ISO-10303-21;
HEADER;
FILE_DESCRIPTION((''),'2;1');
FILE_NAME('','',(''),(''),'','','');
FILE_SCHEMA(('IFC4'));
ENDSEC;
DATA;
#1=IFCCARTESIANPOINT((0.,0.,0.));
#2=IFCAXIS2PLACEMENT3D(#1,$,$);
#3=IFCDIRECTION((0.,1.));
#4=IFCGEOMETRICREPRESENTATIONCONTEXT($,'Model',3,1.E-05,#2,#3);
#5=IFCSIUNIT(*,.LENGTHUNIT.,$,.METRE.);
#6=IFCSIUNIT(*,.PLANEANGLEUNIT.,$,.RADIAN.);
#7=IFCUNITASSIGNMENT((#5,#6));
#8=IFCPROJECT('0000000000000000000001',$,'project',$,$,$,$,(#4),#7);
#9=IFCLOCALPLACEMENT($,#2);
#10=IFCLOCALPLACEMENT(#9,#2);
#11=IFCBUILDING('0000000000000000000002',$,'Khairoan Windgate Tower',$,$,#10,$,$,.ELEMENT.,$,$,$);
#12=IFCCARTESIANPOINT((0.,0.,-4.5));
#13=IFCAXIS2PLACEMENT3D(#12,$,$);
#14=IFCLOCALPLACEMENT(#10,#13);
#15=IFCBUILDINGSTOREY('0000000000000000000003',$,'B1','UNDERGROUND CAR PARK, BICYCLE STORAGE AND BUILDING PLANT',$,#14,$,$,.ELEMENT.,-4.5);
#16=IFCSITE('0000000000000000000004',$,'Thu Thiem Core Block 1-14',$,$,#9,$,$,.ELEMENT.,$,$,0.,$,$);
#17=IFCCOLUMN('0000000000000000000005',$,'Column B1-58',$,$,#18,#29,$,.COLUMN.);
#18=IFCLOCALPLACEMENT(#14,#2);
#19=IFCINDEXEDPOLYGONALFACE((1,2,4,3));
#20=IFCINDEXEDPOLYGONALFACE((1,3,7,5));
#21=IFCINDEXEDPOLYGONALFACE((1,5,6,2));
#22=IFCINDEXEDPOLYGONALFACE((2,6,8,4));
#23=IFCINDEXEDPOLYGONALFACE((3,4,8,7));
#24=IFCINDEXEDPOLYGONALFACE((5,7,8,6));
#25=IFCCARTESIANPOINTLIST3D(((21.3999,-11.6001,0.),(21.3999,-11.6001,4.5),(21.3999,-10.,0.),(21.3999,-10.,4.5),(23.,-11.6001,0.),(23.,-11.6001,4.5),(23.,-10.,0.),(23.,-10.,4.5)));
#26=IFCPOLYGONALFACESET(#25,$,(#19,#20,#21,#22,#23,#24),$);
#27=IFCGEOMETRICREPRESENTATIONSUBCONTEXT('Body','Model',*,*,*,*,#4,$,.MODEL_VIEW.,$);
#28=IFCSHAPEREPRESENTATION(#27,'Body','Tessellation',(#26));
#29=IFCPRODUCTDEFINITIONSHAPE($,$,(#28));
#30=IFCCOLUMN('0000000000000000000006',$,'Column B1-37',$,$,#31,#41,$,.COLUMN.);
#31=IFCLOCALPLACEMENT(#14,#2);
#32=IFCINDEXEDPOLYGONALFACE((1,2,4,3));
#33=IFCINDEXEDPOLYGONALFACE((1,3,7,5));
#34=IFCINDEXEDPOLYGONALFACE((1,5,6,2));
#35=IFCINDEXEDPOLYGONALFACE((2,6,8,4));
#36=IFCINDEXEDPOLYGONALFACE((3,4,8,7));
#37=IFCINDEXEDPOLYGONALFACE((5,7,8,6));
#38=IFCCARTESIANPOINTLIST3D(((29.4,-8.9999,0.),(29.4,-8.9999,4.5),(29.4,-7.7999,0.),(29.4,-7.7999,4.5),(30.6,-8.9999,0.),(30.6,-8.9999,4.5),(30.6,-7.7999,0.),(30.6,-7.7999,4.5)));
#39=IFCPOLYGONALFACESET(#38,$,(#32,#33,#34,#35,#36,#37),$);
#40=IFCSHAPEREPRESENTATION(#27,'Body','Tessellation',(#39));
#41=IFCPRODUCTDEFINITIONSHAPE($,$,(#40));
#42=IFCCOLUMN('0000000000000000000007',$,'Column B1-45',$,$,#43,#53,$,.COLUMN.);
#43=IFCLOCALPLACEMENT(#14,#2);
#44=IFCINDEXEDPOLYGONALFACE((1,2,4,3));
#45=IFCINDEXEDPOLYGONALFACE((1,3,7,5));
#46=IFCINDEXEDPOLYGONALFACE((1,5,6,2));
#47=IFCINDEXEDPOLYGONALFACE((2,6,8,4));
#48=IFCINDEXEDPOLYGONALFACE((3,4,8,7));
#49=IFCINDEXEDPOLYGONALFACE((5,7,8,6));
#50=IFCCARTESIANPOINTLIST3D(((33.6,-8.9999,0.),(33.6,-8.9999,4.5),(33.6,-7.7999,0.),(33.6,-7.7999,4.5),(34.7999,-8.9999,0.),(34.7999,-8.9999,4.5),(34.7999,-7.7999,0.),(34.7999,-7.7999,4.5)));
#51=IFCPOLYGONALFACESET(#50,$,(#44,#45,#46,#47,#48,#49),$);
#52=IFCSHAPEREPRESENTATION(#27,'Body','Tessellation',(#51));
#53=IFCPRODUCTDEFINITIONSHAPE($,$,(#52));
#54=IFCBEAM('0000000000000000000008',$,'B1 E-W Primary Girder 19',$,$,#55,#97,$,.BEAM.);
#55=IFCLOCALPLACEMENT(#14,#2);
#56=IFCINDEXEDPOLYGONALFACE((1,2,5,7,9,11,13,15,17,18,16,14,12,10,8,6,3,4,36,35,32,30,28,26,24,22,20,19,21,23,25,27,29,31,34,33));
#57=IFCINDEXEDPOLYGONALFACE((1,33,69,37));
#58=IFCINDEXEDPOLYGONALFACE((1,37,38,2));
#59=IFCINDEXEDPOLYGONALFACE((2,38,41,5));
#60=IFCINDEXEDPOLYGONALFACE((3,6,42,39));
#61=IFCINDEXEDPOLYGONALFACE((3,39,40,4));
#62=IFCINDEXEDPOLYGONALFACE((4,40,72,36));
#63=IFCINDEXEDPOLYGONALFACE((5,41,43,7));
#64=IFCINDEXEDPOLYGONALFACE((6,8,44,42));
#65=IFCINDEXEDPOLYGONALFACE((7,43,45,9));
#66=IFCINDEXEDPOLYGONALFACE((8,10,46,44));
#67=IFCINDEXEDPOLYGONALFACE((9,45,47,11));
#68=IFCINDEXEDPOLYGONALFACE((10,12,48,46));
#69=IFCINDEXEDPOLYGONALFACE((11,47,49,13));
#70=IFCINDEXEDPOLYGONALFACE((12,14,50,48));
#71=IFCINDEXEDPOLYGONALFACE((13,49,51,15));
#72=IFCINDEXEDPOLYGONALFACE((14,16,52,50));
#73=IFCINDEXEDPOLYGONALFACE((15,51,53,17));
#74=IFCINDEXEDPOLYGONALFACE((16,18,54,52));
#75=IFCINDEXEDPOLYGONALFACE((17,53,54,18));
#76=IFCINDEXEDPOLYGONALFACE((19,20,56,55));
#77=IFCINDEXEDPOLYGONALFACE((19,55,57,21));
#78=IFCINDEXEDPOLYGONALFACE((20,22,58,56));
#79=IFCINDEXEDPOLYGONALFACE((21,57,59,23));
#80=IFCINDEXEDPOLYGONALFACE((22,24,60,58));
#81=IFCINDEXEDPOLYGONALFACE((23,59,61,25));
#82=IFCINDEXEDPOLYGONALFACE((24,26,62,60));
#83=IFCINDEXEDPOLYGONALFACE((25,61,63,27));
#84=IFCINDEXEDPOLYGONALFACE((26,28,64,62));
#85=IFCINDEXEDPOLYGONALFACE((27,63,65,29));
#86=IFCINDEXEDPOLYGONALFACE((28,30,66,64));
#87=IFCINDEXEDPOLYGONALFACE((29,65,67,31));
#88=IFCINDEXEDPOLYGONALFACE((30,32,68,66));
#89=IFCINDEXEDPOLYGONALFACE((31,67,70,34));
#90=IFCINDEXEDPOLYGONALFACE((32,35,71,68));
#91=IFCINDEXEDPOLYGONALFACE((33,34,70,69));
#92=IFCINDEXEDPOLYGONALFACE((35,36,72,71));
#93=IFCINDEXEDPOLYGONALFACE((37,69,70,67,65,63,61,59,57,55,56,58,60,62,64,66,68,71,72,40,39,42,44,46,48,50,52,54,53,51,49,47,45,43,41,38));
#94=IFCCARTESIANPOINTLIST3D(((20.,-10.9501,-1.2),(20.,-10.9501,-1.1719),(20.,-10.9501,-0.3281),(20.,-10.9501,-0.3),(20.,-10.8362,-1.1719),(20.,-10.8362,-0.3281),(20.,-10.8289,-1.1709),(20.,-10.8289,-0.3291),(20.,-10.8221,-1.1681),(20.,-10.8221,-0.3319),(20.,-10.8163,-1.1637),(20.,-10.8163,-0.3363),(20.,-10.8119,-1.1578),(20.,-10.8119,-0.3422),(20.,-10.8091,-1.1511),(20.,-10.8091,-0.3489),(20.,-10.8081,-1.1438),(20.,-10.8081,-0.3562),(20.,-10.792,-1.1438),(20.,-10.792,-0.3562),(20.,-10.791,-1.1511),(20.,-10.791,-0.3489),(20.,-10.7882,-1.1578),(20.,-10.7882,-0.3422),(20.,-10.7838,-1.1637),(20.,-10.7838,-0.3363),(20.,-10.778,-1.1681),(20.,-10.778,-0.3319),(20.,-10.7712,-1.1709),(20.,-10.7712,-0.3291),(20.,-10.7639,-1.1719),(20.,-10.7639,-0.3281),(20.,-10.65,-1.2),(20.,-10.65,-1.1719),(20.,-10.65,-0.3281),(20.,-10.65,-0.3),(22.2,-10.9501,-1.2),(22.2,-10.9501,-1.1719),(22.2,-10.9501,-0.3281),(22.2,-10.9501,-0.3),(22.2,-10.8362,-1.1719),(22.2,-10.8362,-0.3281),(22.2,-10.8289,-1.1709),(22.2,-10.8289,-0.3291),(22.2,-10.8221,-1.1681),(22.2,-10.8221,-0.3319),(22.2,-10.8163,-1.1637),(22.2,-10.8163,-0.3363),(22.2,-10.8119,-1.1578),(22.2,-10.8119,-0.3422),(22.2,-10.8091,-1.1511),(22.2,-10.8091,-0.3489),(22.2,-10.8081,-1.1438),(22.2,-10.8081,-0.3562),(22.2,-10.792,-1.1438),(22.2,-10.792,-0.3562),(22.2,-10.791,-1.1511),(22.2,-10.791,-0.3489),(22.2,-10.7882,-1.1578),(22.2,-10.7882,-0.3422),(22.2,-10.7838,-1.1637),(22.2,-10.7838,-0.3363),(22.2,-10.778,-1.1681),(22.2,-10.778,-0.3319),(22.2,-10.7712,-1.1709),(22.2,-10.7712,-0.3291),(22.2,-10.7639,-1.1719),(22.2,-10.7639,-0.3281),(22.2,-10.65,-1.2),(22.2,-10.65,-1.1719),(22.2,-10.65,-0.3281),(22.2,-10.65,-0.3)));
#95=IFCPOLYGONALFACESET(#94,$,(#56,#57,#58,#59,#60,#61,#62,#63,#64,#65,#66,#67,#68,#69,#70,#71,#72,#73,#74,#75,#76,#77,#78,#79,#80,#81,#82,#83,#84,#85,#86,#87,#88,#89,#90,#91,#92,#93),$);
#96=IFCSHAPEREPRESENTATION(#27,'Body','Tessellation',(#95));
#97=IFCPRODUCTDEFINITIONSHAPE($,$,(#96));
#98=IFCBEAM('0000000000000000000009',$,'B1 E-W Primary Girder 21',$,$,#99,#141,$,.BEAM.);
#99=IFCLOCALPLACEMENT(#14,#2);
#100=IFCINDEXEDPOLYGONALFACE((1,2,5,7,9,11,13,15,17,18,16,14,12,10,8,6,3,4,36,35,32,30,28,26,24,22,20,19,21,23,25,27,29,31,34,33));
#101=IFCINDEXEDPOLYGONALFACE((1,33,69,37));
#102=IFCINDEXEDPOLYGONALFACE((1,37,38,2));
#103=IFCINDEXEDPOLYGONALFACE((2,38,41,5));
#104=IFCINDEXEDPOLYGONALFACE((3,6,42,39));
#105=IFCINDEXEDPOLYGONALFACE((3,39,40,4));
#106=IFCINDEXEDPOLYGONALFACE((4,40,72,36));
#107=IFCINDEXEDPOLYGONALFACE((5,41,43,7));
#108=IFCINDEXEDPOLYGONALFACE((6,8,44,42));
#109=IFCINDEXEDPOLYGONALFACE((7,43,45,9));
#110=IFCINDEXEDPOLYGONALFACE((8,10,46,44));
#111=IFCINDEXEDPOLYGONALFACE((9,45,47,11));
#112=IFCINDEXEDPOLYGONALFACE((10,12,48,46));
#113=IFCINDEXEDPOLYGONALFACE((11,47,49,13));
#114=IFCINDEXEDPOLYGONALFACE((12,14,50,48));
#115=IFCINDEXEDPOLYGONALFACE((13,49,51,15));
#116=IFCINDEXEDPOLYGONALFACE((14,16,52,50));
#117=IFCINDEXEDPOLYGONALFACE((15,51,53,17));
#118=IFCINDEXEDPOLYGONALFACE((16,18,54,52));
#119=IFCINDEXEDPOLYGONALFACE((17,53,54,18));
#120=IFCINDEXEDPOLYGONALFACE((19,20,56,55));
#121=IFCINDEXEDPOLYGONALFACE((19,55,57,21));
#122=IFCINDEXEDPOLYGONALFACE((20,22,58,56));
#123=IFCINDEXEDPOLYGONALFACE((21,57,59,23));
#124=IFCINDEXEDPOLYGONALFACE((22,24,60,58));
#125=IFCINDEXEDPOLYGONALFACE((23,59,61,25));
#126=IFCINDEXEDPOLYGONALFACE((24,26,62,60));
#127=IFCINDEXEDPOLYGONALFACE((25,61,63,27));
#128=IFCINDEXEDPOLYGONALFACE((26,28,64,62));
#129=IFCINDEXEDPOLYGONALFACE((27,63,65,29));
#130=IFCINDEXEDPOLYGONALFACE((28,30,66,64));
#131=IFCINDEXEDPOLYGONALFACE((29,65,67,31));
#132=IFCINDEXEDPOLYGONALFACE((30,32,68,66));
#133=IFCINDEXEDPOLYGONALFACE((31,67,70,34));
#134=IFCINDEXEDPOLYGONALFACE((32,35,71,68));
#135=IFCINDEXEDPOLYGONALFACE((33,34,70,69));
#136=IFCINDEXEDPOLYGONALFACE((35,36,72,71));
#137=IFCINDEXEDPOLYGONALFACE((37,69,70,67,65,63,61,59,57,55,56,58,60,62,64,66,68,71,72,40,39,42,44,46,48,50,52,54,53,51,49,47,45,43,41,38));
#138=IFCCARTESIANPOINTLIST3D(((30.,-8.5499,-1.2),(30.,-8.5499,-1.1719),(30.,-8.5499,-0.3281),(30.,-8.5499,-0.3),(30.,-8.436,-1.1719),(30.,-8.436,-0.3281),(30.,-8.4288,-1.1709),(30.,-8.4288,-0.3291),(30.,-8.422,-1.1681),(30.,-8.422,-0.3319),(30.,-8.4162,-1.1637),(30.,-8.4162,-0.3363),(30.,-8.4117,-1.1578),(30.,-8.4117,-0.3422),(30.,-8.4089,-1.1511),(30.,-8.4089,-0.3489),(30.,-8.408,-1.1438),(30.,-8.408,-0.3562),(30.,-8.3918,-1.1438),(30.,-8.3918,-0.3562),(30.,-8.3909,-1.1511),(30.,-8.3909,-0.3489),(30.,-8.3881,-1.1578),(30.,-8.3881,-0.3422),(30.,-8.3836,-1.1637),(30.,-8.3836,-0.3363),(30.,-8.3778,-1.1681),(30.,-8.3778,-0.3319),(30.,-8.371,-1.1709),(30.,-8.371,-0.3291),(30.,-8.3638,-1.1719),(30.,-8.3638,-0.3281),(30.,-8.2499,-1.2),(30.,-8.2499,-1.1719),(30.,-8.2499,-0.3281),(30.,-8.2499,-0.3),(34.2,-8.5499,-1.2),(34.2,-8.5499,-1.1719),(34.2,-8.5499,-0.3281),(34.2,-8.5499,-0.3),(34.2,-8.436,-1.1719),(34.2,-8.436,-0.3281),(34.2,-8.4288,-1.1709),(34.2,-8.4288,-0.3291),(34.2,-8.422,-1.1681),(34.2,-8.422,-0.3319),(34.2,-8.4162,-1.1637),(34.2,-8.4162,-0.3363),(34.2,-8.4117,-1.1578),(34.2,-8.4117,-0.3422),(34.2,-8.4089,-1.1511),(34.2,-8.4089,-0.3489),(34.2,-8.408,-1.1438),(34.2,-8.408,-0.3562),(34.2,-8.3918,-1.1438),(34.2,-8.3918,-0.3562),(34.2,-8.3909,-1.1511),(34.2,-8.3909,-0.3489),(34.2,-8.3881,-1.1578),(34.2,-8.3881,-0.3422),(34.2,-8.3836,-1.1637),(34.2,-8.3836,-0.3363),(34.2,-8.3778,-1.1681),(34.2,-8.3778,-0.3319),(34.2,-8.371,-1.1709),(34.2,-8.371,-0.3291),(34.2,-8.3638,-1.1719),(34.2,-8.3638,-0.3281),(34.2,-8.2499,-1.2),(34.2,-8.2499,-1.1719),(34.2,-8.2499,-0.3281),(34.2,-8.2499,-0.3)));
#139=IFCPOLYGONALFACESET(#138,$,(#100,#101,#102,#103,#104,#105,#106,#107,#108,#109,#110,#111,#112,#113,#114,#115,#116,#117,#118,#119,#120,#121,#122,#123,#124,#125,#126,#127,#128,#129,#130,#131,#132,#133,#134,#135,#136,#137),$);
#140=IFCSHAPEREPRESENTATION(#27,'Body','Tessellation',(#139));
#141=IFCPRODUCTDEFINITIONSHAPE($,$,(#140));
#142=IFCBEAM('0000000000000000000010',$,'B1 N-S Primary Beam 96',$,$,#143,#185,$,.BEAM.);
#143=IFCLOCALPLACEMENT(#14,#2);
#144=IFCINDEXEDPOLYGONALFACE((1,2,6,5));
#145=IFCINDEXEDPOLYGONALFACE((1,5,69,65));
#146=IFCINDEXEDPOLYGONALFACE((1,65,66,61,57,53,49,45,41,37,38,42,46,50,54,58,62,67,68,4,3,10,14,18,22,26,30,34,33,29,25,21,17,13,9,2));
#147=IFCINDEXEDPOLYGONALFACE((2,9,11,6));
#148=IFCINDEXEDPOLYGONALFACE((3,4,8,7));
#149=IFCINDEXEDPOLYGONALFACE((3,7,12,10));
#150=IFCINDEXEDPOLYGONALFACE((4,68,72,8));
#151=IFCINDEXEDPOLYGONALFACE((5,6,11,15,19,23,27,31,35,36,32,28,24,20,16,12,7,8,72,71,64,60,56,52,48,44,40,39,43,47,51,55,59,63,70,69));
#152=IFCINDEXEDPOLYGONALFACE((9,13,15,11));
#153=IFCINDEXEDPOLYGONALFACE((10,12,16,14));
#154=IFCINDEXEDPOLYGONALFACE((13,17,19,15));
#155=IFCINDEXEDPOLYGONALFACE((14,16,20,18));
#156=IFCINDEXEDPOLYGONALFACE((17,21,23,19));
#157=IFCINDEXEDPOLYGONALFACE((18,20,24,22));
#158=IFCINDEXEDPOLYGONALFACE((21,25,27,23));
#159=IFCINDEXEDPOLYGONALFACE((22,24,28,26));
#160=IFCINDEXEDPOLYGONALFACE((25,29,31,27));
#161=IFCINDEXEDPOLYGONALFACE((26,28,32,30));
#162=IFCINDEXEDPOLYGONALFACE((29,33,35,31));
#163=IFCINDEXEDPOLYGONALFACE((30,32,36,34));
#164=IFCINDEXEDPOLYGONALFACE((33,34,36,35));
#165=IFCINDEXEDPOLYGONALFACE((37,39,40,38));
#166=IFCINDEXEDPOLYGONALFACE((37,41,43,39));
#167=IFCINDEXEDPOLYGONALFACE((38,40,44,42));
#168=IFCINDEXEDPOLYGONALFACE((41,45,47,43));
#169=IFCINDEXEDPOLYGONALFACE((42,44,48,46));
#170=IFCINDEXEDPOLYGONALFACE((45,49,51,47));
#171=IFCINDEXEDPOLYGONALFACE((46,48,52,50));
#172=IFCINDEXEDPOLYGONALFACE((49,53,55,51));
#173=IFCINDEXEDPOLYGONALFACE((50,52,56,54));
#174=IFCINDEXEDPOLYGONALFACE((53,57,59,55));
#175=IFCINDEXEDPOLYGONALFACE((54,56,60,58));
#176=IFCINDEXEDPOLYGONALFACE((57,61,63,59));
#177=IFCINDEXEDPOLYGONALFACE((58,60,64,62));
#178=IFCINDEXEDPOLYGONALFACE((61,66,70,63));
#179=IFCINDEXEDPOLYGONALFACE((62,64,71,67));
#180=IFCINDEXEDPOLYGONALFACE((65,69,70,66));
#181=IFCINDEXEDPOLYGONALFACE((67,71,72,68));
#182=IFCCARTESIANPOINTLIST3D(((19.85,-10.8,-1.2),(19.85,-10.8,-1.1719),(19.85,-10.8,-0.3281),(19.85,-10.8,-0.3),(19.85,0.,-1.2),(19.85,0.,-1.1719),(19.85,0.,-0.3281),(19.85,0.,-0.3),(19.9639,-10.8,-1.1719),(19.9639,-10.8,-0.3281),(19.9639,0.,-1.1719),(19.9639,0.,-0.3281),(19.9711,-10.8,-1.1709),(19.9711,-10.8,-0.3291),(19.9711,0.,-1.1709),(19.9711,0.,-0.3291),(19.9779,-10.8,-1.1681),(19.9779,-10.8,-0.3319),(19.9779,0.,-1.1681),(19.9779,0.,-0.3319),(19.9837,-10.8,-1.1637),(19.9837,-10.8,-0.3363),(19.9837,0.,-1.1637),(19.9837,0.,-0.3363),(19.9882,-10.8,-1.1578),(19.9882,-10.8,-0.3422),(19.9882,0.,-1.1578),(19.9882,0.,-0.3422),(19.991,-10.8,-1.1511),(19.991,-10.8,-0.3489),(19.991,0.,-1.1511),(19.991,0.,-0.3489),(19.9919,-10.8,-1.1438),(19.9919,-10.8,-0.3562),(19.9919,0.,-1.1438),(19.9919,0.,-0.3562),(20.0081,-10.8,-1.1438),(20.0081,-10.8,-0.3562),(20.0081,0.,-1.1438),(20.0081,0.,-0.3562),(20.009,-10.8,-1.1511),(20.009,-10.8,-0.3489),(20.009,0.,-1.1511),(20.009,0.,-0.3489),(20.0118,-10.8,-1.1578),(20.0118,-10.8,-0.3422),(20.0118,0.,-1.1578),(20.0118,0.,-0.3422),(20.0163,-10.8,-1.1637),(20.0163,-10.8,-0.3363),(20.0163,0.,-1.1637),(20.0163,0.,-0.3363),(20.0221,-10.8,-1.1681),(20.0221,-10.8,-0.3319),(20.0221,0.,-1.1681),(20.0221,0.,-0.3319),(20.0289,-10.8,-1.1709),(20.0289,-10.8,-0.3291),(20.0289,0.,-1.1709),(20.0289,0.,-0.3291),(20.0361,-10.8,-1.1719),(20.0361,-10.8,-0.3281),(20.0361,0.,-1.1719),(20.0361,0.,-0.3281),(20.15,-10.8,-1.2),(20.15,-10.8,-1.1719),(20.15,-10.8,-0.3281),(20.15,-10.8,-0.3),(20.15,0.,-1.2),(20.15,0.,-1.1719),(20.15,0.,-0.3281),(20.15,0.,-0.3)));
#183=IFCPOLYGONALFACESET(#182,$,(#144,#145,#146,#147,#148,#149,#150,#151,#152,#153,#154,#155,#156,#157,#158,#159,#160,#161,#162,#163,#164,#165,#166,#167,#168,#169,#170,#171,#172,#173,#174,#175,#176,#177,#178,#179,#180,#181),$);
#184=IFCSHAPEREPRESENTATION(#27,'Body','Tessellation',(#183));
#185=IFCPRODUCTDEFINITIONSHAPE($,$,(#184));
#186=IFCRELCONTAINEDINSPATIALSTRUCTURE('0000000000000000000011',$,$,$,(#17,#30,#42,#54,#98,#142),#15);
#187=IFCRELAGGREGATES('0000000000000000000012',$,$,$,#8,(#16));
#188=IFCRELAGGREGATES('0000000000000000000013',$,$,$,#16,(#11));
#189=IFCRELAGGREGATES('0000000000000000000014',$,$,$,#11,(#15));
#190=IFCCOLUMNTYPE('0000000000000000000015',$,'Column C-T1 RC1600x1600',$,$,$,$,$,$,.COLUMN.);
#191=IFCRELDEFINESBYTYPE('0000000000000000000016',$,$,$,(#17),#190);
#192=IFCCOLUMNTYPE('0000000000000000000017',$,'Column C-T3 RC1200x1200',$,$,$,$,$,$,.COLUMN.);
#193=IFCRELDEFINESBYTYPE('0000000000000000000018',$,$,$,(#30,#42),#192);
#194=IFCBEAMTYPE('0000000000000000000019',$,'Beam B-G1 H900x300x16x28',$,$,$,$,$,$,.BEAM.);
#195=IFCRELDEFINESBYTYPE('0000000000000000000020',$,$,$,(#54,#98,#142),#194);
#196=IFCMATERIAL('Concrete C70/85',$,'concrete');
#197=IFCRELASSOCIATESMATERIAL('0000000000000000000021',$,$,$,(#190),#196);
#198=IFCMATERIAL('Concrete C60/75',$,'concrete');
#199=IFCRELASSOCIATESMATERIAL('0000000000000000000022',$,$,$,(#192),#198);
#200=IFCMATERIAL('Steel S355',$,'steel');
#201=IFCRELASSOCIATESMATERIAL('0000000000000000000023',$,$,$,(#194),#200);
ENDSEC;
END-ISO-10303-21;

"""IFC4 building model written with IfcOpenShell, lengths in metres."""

from ifc_helpers import new_model, si_unit, direction, frame, origin, origin_2d, place, context, subcontext, project, spatial, rectangle, i_section, extrude, material, material_profile, profile_set, type_object, element, save


model = new_model("IFC4")

# Units and contexts
model_context = context("Model", 3, precision=1e-05, world=origin(), true_north=direction((0.0, 1.0)))
body_context = subcontext(model_context, "Body", "Model", "MODEL_VIEW")
ifc_project = project(units=[si_unit("LENGTHUNIT", "METRE"), si_unit("PLANEANGLEUNIT", "RADIAN")], contexts=[model_context])

# Site, building, storey
site_placement = place(None, origin())
site = spatial("IfcSite", under=ifc_project, at=site_placement, Name="Thu Thiem Core Block 1-14", CompositionType="ELEMENT", RefElevation=0.0)
building_placement = place(site_placement, origin())
building = spatial("IfcBuilding", under=site, at=building_placement, Name="Khairoan Windgate Tower", CompositionType="ELEMENT")
storey_placement = place(building_placement, frame((0.0, 0.0, -4.5)))
storey = spatial("IfcBuildingStorey", under=building, at=storey_placement, Name="B1", Description="UNDERGROUND CAR PARK, BICYCLE STORAGE AND BUILDING PLANT", CompositionType="ELEMENT", Elevation=-4.5)

# Columns
ifc_material_1 = material(Name="Concrete C70/85", Category="concrete")
ifc_material_profile_1 = material_profile(ifc_material_1, rectangle(XDim=1.6001, YDim=1.6001, at=origin_2d()))
ifc_profile_set_1 = profile_set([ifc_material_profile_1], Name="Concrete C70/85")
column_type_1 = type_object("IfcColumnType", Name="Column C-T1 RC1600x1600", PredefinedType="COLUMN", material=ifc_profile_set_1)
column_placement = place(storey_placement, frame((22.2, -10.8, 0.0), z_axis=(0.0, 0.0, 1.0), x_axis=(1.0, 0.0, 0.0)))
element("IfcColumn", 1, at=column_placement, inside=storey, type_object=column_type_1, Name="Column B1-58", PredefinedType="COLUMN", context=body_context, shape_type="SweptSolid", body=[
    extrude(rectangle(XDim=1.6001, YDim=1.6001, at=origin_2d()), origin(), (0.0, 0.0, 1.0), 4.5),
])
ifc_material_2 = material(Name="Concrete C60/75", Category="concrete")
ifc_material_profile_2 = material_profile(ifc_material_2, rectangle(XDim=1.2, YDim=1.2, at=origin_2d()))
ifc_profile_set_2 = profile_set([ifc_material_profile_2], Name="Concrete C60/75")
column_type_2 = type_object("IfcColumnType", Name="Column C-T3 RC1200x1200", PredefinedType="COLUMN", material=ifc_profile_set_2)
for number, where, z_axis, x_axis, name in (
    (2, (30.0, -8.3999, 0.0), (0.0, 0.0, 1.0), (1.0, 0.0, 0.0), "Column B1-37"),
    (3, (34.2, -8.3999, 0.0), (0.0, 0.0, 1.0), (1.0, 0.0, 0.0), "Column B1-45"),
):
    element("IfcColumn", number, at=place(storey_placement, frame(where, z_axis=z_axis, x_axis=x_axis)), inside=storey, type_object=column_type_2, Name=name, PredefinedType="COLUMN", context=body_context, shape_type="SweptSolid", body=[
        extrude(rectangle(XDim=1.2, YDim=1.2, at=origin_2d()), origin(), (0.0, 0.0, 1.0), 4.5),
    ])

# Beams
ifc_material_3 = material(Name="Steel S355", Category="steel")
ifc_material_profile_3 = material_profile(ifc_material_3, i_section(OverallWidth=0.3, OverallDepth=0.8999, WebThickness=0.0161, FlangeThickness=0.0281, FilletRadius=0.0281, at=origin_2d()))
ifc_profile_set_3 = profile_set([ifc_material_profile_3], Name="Steel S355")
beam_type_1 = type_object("IfcBeamType", Name="Beam B-G1 H900x300x16x28", PredefinedType="BEAM", material=ifc_profile_set_3)
beam_1_placement = place(storey_placement, frame((20.0, -10.8, -0.75), z_axis=(1.0, 0.0, 0.0), x_axis=(0.0, 1.0, 0.0)))
element("IfcBeam", 4, at=beam_1_placement, inside=storey, type_object=beam_type_1, Name="B1 E-W Primary Girder 19", PredefinedType="BEAM", context=body_context, shape_type="SweptSolid", body=[
    extrude(i_section(OverallWidth=0.3, OverallDepth=0.8999, WebThickness=0.0161, FlangeThickness=0.0281, FilletRadius=0.0281, at=origin_2d()), origin(), (0.0, 0.0, 1.0), 2.2),
])
beam_2_placement = place(storey_placement, frame((30.0, -8.3999, -0.75), z_axis=(1.0, 0.0, 0.0), x_axis=(0.0, 1.0, 0.0)))
element("IfcBeam", 5, at=beam_2_placement, inside=storey, type_object=beam_type_1, Name="B1 E-W Primary Girder 21", PredefinedType="BEAM", context=body_context, shape_type="SweptSolid", body=[
    extrude(i_section(OverallWidth=0.3, OverallDepth=0.8999, WebThickness=0.0161, FlangeThickness=0.0281, FilletRadius=0.0281, at=origin_2d()), origin(), (0.0, 0.0, 1.0), 4.2),
])
for number, where, z_axis, x_axis, name in (
    (6, (20.0, -10.8, -0.75), (0.0, 1.0, 0.0), (-1.0, 0.0, 0.0), "B1 N-S Primary Beam 96"),
):
    element("IfcBeam", number, at=place(storey_placement, frame(where, z_axis=z_axis, x_axis=x_axis)), inside=storey, type_object=beam_type_1, Name=name, PredefinedType="BEAM", context=body_context, shape_type="SweptSolid", body=[
        extrude(i_section(OverallWidth=0.3, OverallDepth=0.8999, WebThickness=0.0161, FlangeThickness=0.0281, FilletRadius=0.0281, at=origin_2d()), origin(), (0.0, 0.0, 1.0), 10.8),
    ])

save(model, "model.ifc")
